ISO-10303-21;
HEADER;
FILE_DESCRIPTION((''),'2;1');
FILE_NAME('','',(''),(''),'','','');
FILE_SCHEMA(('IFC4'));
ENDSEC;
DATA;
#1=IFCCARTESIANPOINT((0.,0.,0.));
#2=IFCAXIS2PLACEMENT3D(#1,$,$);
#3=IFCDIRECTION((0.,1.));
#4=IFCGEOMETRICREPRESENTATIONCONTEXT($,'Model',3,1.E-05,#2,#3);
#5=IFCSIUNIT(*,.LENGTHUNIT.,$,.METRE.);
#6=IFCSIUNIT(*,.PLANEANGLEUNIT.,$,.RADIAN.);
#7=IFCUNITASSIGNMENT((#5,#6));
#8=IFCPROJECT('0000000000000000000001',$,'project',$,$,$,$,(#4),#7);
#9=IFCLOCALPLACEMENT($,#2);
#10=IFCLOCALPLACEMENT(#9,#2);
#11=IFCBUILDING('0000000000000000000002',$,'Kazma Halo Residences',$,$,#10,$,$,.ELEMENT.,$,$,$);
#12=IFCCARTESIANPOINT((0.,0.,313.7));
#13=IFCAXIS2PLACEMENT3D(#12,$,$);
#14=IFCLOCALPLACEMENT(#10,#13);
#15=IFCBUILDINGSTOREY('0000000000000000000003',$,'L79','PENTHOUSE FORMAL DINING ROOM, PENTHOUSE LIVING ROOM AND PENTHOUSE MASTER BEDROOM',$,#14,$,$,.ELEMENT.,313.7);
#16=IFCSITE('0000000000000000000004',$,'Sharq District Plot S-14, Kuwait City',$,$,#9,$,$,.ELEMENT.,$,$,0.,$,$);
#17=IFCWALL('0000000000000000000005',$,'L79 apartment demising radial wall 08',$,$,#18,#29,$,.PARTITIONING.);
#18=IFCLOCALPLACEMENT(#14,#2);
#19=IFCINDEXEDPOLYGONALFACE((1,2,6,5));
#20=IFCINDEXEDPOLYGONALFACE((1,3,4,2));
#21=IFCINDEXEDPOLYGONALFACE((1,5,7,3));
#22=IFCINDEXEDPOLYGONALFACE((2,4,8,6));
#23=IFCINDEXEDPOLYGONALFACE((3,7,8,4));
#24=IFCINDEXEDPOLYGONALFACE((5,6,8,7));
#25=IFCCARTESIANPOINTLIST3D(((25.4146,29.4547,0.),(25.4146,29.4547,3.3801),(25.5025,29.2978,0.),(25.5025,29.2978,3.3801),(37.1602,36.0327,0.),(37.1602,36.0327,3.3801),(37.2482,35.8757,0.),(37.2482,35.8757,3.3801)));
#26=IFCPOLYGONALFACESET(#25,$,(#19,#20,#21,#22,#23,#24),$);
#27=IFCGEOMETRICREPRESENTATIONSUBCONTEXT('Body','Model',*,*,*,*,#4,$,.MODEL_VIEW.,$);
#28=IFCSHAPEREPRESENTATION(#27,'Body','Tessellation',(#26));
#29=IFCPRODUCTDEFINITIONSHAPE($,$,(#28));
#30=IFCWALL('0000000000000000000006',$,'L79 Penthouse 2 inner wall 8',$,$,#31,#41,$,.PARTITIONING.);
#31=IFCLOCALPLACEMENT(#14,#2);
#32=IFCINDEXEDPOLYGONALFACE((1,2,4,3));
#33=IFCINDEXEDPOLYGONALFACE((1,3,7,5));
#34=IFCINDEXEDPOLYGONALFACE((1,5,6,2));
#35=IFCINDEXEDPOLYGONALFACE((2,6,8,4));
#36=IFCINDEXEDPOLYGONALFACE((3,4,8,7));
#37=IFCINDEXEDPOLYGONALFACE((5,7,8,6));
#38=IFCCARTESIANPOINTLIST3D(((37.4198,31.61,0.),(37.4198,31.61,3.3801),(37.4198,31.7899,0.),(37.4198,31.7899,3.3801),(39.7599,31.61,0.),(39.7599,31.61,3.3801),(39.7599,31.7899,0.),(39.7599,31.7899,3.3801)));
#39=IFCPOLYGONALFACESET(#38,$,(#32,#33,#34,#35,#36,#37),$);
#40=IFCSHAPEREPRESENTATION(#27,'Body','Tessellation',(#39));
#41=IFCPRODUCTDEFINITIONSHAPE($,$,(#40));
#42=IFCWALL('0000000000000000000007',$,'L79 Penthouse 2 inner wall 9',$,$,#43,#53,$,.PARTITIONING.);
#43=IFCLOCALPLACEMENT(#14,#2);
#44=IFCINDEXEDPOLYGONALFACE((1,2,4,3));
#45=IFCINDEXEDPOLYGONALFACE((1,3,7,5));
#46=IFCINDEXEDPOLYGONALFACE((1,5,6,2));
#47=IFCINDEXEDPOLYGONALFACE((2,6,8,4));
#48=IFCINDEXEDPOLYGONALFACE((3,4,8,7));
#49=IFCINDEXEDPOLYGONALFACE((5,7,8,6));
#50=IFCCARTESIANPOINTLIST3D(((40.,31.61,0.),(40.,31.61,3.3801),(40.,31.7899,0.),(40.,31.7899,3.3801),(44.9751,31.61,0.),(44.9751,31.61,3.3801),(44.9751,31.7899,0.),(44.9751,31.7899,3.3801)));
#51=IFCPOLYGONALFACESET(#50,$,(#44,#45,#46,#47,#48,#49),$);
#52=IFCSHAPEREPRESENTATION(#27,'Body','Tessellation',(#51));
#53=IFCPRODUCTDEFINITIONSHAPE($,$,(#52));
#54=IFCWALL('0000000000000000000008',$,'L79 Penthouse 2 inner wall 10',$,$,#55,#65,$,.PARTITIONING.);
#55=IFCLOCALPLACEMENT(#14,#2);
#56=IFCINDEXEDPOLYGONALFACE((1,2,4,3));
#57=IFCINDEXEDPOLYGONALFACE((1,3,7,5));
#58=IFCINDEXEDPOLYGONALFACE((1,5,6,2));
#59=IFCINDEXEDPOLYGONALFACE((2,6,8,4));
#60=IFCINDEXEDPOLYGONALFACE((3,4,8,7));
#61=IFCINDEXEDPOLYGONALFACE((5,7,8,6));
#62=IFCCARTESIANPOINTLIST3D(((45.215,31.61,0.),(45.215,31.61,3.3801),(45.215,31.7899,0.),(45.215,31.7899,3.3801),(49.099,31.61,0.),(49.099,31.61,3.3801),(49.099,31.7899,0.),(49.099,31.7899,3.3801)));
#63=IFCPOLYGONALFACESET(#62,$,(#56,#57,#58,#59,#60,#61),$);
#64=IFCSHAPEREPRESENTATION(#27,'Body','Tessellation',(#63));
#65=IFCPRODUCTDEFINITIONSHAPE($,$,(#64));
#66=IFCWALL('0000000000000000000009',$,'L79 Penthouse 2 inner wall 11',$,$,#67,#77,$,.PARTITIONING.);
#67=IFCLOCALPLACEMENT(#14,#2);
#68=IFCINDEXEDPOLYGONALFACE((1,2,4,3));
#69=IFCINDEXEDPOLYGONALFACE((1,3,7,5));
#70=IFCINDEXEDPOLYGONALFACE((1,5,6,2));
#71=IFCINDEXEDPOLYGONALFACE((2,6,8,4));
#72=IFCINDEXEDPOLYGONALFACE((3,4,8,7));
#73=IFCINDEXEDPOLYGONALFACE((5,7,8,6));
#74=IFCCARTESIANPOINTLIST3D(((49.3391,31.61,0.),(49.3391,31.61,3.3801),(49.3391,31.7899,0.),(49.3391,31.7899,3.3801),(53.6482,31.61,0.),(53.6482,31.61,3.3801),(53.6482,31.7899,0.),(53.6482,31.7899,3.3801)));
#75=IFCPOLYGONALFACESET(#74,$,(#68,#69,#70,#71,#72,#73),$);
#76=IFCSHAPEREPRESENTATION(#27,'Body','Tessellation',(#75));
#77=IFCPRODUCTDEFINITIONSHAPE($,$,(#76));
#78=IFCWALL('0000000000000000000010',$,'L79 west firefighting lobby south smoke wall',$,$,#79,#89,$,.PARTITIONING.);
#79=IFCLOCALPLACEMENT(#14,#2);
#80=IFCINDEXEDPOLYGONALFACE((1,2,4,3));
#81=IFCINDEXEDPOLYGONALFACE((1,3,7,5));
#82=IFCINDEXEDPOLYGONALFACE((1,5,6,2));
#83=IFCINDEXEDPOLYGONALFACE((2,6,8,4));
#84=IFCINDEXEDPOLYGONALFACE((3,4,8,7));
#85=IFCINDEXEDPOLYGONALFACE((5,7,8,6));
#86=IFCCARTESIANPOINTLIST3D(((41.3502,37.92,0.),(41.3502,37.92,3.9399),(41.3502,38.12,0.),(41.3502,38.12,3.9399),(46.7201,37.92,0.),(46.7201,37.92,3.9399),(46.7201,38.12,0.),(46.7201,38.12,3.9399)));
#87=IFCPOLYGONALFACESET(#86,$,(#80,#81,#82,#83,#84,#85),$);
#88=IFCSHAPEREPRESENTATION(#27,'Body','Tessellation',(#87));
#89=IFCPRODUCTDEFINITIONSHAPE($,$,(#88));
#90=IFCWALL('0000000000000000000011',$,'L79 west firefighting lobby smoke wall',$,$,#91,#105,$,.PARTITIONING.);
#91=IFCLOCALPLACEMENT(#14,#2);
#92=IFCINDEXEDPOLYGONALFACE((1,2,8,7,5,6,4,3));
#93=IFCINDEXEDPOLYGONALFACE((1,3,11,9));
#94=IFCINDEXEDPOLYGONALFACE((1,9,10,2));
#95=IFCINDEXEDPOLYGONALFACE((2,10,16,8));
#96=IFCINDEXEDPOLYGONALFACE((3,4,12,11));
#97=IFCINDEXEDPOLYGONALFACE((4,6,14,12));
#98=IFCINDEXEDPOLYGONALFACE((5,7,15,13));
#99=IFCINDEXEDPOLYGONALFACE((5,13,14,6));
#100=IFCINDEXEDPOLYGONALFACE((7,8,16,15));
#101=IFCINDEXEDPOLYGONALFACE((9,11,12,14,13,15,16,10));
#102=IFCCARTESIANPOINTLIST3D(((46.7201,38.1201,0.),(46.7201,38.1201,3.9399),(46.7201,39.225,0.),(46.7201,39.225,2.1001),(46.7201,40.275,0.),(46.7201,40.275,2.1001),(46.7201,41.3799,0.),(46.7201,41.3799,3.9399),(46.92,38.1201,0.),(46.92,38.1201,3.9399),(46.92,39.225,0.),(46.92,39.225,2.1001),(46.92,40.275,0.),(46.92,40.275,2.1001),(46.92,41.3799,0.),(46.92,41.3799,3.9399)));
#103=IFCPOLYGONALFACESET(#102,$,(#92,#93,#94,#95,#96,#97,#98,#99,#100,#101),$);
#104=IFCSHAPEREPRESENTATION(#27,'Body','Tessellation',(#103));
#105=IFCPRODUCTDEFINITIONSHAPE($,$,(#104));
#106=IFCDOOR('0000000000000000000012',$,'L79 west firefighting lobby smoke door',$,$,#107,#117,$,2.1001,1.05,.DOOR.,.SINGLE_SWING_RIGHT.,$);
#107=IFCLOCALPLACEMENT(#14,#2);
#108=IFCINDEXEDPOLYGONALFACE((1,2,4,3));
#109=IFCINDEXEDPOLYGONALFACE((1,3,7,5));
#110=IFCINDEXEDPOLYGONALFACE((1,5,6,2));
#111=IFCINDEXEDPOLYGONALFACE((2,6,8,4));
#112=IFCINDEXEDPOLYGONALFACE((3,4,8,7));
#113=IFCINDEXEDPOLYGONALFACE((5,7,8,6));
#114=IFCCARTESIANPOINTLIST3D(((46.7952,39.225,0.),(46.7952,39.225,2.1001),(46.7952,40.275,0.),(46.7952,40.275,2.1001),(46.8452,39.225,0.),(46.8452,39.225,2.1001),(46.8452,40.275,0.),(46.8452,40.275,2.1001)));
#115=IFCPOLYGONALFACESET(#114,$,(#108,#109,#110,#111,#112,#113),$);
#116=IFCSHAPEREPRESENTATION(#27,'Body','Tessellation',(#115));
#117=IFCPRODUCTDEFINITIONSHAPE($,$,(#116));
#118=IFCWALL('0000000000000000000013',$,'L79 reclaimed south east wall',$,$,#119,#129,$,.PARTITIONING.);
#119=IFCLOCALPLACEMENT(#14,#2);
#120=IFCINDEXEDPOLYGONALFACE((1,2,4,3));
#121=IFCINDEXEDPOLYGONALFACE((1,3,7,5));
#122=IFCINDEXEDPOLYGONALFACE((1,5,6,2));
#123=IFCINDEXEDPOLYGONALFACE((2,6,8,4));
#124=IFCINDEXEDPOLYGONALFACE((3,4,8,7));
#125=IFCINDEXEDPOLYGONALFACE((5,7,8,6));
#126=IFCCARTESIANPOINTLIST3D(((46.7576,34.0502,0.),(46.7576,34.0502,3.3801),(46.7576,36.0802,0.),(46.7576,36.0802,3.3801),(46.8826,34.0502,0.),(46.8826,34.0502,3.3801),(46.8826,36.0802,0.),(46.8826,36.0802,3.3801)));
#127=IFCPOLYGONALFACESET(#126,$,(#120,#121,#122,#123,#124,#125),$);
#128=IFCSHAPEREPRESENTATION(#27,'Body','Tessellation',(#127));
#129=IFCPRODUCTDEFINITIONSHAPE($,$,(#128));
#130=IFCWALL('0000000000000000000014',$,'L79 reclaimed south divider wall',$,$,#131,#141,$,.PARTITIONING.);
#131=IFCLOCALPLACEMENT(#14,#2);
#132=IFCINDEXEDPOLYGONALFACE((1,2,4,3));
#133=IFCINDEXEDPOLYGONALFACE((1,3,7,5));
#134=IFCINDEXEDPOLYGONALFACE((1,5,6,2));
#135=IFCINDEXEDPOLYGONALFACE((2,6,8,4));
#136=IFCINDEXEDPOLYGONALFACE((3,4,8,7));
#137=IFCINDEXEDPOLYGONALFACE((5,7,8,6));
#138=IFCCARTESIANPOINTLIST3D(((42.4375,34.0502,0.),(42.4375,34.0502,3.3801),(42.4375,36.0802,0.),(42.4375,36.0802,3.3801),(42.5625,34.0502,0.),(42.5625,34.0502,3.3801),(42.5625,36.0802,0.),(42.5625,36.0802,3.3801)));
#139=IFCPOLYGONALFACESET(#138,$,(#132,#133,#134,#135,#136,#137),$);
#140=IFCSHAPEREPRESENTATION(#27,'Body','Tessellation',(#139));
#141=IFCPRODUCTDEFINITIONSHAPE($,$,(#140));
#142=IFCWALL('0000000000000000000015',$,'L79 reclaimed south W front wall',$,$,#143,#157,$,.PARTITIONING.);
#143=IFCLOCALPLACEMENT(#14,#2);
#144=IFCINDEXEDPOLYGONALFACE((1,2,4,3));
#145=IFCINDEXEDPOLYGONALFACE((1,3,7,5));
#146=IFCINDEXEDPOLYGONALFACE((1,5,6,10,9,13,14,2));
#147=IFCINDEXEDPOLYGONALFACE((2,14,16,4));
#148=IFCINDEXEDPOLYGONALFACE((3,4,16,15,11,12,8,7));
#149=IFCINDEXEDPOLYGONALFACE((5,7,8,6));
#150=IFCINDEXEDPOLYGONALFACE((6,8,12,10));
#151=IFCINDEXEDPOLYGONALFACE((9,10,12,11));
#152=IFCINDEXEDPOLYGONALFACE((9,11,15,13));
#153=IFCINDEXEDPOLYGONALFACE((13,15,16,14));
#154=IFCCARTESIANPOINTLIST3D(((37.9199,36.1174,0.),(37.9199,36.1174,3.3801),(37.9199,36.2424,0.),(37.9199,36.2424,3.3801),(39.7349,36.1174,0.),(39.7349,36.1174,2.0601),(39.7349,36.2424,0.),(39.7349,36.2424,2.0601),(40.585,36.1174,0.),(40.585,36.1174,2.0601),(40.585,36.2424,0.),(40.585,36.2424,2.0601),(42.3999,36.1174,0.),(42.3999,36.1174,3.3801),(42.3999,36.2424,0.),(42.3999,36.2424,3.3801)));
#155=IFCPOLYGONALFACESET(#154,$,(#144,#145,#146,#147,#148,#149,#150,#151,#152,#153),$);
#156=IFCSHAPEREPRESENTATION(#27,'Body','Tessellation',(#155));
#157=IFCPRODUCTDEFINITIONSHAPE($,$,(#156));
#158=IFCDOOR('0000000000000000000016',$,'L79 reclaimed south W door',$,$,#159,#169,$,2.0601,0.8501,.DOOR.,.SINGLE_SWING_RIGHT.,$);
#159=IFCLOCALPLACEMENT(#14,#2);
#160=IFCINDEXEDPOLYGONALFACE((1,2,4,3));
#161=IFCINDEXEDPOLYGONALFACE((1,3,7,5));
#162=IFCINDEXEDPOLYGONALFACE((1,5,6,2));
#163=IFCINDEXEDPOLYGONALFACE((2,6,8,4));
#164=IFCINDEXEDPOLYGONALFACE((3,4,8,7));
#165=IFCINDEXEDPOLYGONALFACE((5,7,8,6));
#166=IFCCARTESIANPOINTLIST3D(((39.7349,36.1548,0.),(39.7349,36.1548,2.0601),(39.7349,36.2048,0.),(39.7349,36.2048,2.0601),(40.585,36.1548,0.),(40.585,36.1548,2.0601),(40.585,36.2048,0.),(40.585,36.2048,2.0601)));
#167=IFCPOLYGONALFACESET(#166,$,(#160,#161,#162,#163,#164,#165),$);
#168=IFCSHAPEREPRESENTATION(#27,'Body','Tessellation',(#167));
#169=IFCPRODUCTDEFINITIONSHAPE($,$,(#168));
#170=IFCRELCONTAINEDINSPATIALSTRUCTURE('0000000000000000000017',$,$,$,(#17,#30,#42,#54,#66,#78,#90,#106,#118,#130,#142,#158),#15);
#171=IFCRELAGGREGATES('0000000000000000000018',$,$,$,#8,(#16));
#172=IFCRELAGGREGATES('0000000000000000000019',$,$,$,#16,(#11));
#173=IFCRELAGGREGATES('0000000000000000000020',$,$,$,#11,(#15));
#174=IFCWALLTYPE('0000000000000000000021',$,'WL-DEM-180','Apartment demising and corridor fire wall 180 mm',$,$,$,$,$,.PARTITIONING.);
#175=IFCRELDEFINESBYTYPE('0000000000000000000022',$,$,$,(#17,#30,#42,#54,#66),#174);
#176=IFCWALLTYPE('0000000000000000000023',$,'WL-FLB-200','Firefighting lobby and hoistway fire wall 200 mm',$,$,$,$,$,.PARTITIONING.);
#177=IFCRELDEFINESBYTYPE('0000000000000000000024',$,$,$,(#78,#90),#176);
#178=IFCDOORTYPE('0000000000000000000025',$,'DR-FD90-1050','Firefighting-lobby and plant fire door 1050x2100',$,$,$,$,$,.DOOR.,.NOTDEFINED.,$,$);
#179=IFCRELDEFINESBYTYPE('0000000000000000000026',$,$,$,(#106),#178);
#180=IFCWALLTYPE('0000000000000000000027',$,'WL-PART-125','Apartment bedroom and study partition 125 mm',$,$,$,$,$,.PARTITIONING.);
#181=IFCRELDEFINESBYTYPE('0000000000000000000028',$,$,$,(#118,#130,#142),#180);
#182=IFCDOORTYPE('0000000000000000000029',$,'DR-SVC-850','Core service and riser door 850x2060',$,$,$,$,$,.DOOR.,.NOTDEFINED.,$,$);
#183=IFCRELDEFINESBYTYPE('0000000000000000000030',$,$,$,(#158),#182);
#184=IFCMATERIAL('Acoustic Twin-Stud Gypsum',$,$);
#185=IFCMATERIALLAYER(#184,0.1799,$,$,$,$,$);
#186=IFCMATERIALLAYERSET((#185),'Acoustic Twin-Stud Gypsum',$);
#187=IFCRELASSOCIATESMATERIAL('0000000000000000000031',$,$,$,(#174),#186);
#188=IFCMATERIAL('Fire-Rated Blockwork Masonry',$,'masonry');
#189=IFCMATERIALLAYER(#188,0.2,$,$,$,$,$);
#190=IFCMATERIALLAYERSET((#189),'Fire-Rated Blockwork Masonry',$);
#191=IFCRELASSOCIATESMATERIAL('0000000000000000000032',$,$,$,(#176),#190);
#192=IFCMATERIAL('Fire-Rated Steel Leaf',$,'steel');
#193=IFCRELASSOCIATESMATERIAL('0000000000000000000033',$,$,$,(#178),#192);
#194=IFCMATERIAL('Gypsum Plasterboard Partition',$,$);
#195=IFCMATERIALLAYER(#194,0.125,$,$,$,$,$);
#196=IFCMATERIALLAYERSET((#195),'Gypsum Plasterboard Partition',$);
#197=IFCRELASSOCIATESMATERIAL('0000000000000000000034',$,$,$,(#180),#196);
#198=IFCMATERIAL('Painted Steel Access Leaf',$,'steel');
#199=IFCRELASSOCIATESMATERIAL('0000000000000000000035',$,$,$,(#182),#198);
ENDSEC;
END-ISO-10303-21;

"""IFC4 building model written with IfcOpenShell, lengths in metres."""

from ifc_helpers import new_model, si_unit, direction, frame, frame_2d, origin, place, context, subcontext, project, spatial, rectangle, extrude, material, layer, layer_set, type_object, element, fill, save


model = new_model("IFC4")

# Units and contexts
model_context = context("Model", 3, precision=1e-05, world=origin(), true_north=direction((0.0, 1.0)))
body_context = subcontext(model_context, "Body", "Model", "MODEL_VIEW")
ifc_project = project(units=[si_unit("LENGTHUNIT", "METRE"), si_unit("PLANEANGLEUNIT", "RADIAN")], contexts=[model_context])

# Site, building, storey
site_placement = place(None, origin())
site = spatial("IfcSite", under=ifc_project, at=site_placement, Name="Sharq District Plot S-14, Kuwait City", CompositionType="ELEMENT", RefElevation=0.0)
building_placement = place(site_placement, origin())
building = spatial("IfcBuilding", under=site, at=building_placement, Name="Kazma Halo Residences", CompositionType="ELEMENT")
storey_placement = place(building_placement, frame((0.0, 0.0, 313.7)))
storey = spatial("IfcBuildingStorey", under=building, at=storey_placement, Name="L79", Description="PENTHOUSE FORMAL DINING ROOM, PENTHOUSE LIVING ROOM AND PENTHOUSE MASTER BEDROOM", CompositionType="ELEMENT", Elevation=313.7)

# Walls
ifc_material_1 = material(Name="Acoustic Twin-Stud Gypsum")
ifc_layer_1 = layer(ifc_material_1, 0.1799)
ifc_layer_set_1 = layer_set([ifc_layer_1], Name="Acoustic Twin-Stud Gypsum")
wall_type_1 = type_object("IfcWallType", Name="WL-DEM-180", Description="Apartment demising and corridor fire wall 180 mm", PredefinedType="PARTITIONING", material=ifc_layer_set_1)
wall_1_placement = place(storey_placement, frame((37.2041, 35.9541, 0.0), z_axis=(0.0, 0.0, 1.0), x_axis=(-0.872495, -0.488623, 0.0)))
element("IfcWall", 1, at=wall_1_placement, inside=storey, type_object=wall_type_1, Name="L79 apartment demising radial wall 08", PredefinedType="PARTITIONING", context=body_context, shape_type="SweptSolid", body=[
    extrude(rectangle(XDim=13.4622, YDim=0.1799, at=frame_2d((6.731, 0.0))), origin(), (0.0, 0.0, 1.0), 3.3801),
])
wall_2_placement = place(storey_placement, frame((37.4199, 31.7, 0.0), z_axis=(0.0, 0.0, 1.0), x_axis=(1.0, 0.0, 0.0)))
element("IfcWall", 2, at=wall_2_placement, inside=storey, type_object=wall_type_1, Name="L79 Penthouse 2 inner wall 8", PredefinedType="PARTITIONING", context=body_context, shape_type="SweptSolid", body=[
    extrude(rectangle(XDim=2.3401, YDim=0.1799, at=frame_2d((1.1699, 0.0))), origin(), (0.0, 0.0, 1.0), 3.3801),
])
wall_3_placement = place(storey_placement, frame((40.0, 31.7, 0.0), z_axis=(0.0, 0.0, 1.0), x_axis=(1.0, 0.0, 0.0)))
element("IfcWall", 3, at=wall_3_placement, inside=storey, type_object=wall_type_1, Name="L79 Penthouse 2 inner wall 9", PredefinedType="PARTITIONING", context=body_context, shape_type="SweptSolid", body=[
    extrude(rectangle(XDim=4.9751, YDim=0.1799, at=frame_2d((2.4875, 0.0))), origin(), (0.0, 0.0, 1.0), 3.3801),
])
wall_4_placement = place(storey_placement, frame((45.2151, 31.7, 0.0), z_axis=(0.0, 0.0, 1.0), x_axis=(1.0, 0.0, 0.0)))
element("IfcWall", 4, at=wall_4_placement, inside=storey, type_object=wall_type_1, Name="L79 Penthouse 2 inner wall 10", PredefinedType="PARTITIONING", context=body_context, shape_type="SweptSolid", body=[
    extrude(rectangle(XDim=3.884, YDim=0.1799, at=frame_2d((1.9419, 0.0))), origin(), (0.0, 0.0, 1.0), 3.3801),
])
wall_5_placement = place(storey_placement, frame((49.3391, 31.7, 0.0), z_axis=(0.0, 0.0, 1.0), x_axis=(1.0, 0.0, 0.0)))
element("IfcWall", 5, at=wall_5_placement, inside=storey, type_object=wall_type_1, Name="L79 Penthouse 2 inner wall 11", PredefinedType="PARTITIONING", context=body_context, shape_type="SweptSolid", body=[
    extrude(rectangle(XDim=4.3091, YDim=0.1799, at=frame_2d((2.1545, 0.0))), origin(), (0.0, 0.0, 1.0), 3.3801),
])
ifc_material_2 = material(Name="Fire-Rated Blockwork Masonry", Category="masonry")
ifc_layer_2 = layer(ifc_material_2, 0.2)
ifc_layer_set_2 = layer_set([ifc_layer_2], Name="Fire-Rated Blockwork Masonry")
wall_type_2 = type_object("IfcWallType", Name="WL-FLB-200", Description="Firefighting lobby and hoistway fire wall 200 mm", PredefinedType="PARTITIONING", material=ifc_layer_set_2)
wall_6_placement = place(storey_placement, frame((41.3501, 38.02, 0.0), z_axis=(0.0, 0.0, 1.0), x_axis=(1.0, 0.0, 0.0)))
element("IfcWall", 6, at=wall_6_placement, inside=storey, type_object=wall_type_2, Name="L79 west firefighting lobby south smoke wall", PredefinedType="PARTITIONING", context=body_context, shape_type="SweptSolid", body=[
    extrude(rectangle(XDim=5.3699, YDim=0.2, at=frame_2d((2.6851, 0.0))), origin(), (0.0, 0.0, 1.0), 3.9399),
])

# Wall, opening, door
wall_7_placement = place(storey_placement, frame((46.8201, 38.1201, 0.0), z_axis=(0.0, 0.0, 1.0), x_axis=(0.0, 1.0, 0.0)))
wall_7 = element("IfcWall", 7, at=wall_7_placement, inside=storey, type_object=wall_type_2, Name="L79 west firefighting lobby smoke wall", PredefinedType="PARTITIONING", context=body_context, shape_type="SweptSolid", body=[
    extrude(rectangle(XDim=3.2598, YDim=0.2, at=frame_2d((1.6299, 0.0))), origin(), (0.0, 0.0, 1.0), 3.9399),
])
opening_1_placement = place(wall_7_placement, frame((1.105, 0.0, 0.0)))
opening_1 = element("IfcOpeningElement", 8, at=opening_1_placement, cuts=wall_7, PredefinedType="OPENING", context=body_context, shape_type="SweptSolid", body=[
    extrude(rectangle(XDim=1.05, YDim=2.1001, at=frame_2d((0.5249, 1.05))), frame((0.0, 0.1099, 0.0), z_axis=(0.0, -1.0, 0.0), x_axis=(1.0, 0.0, 0.0)), (0.0, 0.0, 1.0), 0.22),
])
ifc_material_3 = material(Name="Fire-Rated Steel Leaf", Category="steel")
door_type_1 = type_object("IfcDoorType", Name="DR-FD90-1050", Description="Firefighting-lobby and plant fire door 1050x2100", OperationType="NOTDEFINED", PredefinedType="DOOR", material=ifc_material_3)
door_1_placement = place(opening_1_placement, origin())
door_1 = element("IfcDoor", 9, at=door_1_placement, inside=storey, type_object=door_type_1, Name="L79 west firefighting lobby smoke door", OperationType="SINGLE_SWING_RIGHT", OverallHeight=2.1001, OverallWidth=1.05, PredefinedType="DOOR", context=body_context, shape_type="SweptSolid", body=[
    extrude(rectangle(XDim=1.05, YDim=2.1001, at=frame_2d((0.5249, 1.05))), frame((0.0, 0.0249, 0.0), z_axis=(0.0, -1.0, 0.0), x_axis=(1.0, 0.0, 0.0)), (0.0, 0.0, 1.0), 0.05),
])
fill(opening_1, door_1)

# Walls
ifc_material_4 = material(Name="Gypsum Plasterboard Partition")
ifc_layer_3 = layer(ifc_material_4, 0.125)
ifc_layer_set_3 = layer_set([ifc_layer_3], Name="Gypsum Plasterboard Partition")
wall_type_3 = type_object("IfcWallType", Name="WL-PART-125", Description="Apartment bedroom and study partition 125 mm", PredefinedType="PARTITIONING", material=ifc_layer_set_3)
for number, where, z_axis, x_axis, name in (
    (10, (46.8201, 34.05, 0.0), (0.0, 0.0, 1.0), (0.0, 1.0, 0.0), "L79 reclaimed south east wall"),
    (11, (42.5, 34.05, 0.0), (0.0, 0.0, 1.0), (0.0, 1.0, 0.0), "L79 reclaimed south divider wall"),
):
    element("IfcWall", number, at=place(storey_placement, frame(where, z_axis=z_axis, x_axis=x_axis)), inside=storey, type_object=wall_type_3, Name=name, PredefinedType="PARTITIONING", context=body_context, shape_type="SweptSolid", body=[
        extrude(rectangle(XDim=2.03, YDim=0.125, at=frame_2d((1.0151, 0.0))), origin(), (0.0, 0.0, 1.0), 3.3801),
    ])

# Wall, opening, door
wall_8_placement = place(storey_placement, frame((37.9199, 36.1799, 0.0), z_axis=(0.0, 0.0, 1.0), x_axis=(1.0, 0.0, 0.0)))
wall_8 = element("IfcWall", 12, at=wall_8_placement, inside=storey, type_object=wall_type_3, Name="L79 reclaimed south W front wall", PredefinedType="PARTITIONING", context=body_context, shape_type="SweptSolid", body=[
    extrude(rectangle(XDim=4.48, YDim=0.125, at=frame_2d((2.24, 0.0))), origin(), (0.0, 0.0, 1.0), 3.3801),
])
opening_2_placement = place(wall_8_placement, frame((1.8149, 0.0, 0.0)))
opening_2 = element("IfcOpeningElement", 13, at=opening_2_placement, cuts=wall_8, PredefinedType="OPENING", context=body_context, shape_type="SweptSolid", body=[
    extrude(rectangle(XDim=0.8501, YDim=2.0601, at=frame_2d((0.425, 1.03))), frame((0.0, 0.0725, 0.0), z_axis=(0.0, -1.0, 0.0), x_axis=(1.0, 0.0, 0.0)), (0.0, 0.0, 1.0), 0.145),
])
ifc_material_5 = material(Name="Painted Steel Access Leaf", Category="steel")
door_type_2 = type_object("IfcDoorType", Name="DR-SVC-850", Description="Core service and riser door 850x2060", OperationType="NOTDEFINED", PredefinedType="DOOR", material=ifc_material_5)
door_2_placement = place(opening_2_placement, origin())
door_2 = element("IfcDoor", 14, at=door_2_placement, inside=storey, type_object=door_type_2, Name="L79 reclaimed south W door", OperationType="SINGLE_SWING_RIGHT", OverallHeight=2.0601, OverallWidth=0.8501, PredefinedType="DOOR", context=body_context, shape_type="SweptSolid", body=[
    extrude(rectangle(XDim=0.8501, YDim=2.0601, at=frame_2d((0.425, 1.03))), frame((0.0, 0.0249, 0.0), z_axis=(0.0, -1.0, 0.0), x_axis=(1.0, 0.0, 0.0)), (0.0, 0.0, 1.0), 0.05),
])
fill(opening_2, door_2)

save(model, "model.ifc")
